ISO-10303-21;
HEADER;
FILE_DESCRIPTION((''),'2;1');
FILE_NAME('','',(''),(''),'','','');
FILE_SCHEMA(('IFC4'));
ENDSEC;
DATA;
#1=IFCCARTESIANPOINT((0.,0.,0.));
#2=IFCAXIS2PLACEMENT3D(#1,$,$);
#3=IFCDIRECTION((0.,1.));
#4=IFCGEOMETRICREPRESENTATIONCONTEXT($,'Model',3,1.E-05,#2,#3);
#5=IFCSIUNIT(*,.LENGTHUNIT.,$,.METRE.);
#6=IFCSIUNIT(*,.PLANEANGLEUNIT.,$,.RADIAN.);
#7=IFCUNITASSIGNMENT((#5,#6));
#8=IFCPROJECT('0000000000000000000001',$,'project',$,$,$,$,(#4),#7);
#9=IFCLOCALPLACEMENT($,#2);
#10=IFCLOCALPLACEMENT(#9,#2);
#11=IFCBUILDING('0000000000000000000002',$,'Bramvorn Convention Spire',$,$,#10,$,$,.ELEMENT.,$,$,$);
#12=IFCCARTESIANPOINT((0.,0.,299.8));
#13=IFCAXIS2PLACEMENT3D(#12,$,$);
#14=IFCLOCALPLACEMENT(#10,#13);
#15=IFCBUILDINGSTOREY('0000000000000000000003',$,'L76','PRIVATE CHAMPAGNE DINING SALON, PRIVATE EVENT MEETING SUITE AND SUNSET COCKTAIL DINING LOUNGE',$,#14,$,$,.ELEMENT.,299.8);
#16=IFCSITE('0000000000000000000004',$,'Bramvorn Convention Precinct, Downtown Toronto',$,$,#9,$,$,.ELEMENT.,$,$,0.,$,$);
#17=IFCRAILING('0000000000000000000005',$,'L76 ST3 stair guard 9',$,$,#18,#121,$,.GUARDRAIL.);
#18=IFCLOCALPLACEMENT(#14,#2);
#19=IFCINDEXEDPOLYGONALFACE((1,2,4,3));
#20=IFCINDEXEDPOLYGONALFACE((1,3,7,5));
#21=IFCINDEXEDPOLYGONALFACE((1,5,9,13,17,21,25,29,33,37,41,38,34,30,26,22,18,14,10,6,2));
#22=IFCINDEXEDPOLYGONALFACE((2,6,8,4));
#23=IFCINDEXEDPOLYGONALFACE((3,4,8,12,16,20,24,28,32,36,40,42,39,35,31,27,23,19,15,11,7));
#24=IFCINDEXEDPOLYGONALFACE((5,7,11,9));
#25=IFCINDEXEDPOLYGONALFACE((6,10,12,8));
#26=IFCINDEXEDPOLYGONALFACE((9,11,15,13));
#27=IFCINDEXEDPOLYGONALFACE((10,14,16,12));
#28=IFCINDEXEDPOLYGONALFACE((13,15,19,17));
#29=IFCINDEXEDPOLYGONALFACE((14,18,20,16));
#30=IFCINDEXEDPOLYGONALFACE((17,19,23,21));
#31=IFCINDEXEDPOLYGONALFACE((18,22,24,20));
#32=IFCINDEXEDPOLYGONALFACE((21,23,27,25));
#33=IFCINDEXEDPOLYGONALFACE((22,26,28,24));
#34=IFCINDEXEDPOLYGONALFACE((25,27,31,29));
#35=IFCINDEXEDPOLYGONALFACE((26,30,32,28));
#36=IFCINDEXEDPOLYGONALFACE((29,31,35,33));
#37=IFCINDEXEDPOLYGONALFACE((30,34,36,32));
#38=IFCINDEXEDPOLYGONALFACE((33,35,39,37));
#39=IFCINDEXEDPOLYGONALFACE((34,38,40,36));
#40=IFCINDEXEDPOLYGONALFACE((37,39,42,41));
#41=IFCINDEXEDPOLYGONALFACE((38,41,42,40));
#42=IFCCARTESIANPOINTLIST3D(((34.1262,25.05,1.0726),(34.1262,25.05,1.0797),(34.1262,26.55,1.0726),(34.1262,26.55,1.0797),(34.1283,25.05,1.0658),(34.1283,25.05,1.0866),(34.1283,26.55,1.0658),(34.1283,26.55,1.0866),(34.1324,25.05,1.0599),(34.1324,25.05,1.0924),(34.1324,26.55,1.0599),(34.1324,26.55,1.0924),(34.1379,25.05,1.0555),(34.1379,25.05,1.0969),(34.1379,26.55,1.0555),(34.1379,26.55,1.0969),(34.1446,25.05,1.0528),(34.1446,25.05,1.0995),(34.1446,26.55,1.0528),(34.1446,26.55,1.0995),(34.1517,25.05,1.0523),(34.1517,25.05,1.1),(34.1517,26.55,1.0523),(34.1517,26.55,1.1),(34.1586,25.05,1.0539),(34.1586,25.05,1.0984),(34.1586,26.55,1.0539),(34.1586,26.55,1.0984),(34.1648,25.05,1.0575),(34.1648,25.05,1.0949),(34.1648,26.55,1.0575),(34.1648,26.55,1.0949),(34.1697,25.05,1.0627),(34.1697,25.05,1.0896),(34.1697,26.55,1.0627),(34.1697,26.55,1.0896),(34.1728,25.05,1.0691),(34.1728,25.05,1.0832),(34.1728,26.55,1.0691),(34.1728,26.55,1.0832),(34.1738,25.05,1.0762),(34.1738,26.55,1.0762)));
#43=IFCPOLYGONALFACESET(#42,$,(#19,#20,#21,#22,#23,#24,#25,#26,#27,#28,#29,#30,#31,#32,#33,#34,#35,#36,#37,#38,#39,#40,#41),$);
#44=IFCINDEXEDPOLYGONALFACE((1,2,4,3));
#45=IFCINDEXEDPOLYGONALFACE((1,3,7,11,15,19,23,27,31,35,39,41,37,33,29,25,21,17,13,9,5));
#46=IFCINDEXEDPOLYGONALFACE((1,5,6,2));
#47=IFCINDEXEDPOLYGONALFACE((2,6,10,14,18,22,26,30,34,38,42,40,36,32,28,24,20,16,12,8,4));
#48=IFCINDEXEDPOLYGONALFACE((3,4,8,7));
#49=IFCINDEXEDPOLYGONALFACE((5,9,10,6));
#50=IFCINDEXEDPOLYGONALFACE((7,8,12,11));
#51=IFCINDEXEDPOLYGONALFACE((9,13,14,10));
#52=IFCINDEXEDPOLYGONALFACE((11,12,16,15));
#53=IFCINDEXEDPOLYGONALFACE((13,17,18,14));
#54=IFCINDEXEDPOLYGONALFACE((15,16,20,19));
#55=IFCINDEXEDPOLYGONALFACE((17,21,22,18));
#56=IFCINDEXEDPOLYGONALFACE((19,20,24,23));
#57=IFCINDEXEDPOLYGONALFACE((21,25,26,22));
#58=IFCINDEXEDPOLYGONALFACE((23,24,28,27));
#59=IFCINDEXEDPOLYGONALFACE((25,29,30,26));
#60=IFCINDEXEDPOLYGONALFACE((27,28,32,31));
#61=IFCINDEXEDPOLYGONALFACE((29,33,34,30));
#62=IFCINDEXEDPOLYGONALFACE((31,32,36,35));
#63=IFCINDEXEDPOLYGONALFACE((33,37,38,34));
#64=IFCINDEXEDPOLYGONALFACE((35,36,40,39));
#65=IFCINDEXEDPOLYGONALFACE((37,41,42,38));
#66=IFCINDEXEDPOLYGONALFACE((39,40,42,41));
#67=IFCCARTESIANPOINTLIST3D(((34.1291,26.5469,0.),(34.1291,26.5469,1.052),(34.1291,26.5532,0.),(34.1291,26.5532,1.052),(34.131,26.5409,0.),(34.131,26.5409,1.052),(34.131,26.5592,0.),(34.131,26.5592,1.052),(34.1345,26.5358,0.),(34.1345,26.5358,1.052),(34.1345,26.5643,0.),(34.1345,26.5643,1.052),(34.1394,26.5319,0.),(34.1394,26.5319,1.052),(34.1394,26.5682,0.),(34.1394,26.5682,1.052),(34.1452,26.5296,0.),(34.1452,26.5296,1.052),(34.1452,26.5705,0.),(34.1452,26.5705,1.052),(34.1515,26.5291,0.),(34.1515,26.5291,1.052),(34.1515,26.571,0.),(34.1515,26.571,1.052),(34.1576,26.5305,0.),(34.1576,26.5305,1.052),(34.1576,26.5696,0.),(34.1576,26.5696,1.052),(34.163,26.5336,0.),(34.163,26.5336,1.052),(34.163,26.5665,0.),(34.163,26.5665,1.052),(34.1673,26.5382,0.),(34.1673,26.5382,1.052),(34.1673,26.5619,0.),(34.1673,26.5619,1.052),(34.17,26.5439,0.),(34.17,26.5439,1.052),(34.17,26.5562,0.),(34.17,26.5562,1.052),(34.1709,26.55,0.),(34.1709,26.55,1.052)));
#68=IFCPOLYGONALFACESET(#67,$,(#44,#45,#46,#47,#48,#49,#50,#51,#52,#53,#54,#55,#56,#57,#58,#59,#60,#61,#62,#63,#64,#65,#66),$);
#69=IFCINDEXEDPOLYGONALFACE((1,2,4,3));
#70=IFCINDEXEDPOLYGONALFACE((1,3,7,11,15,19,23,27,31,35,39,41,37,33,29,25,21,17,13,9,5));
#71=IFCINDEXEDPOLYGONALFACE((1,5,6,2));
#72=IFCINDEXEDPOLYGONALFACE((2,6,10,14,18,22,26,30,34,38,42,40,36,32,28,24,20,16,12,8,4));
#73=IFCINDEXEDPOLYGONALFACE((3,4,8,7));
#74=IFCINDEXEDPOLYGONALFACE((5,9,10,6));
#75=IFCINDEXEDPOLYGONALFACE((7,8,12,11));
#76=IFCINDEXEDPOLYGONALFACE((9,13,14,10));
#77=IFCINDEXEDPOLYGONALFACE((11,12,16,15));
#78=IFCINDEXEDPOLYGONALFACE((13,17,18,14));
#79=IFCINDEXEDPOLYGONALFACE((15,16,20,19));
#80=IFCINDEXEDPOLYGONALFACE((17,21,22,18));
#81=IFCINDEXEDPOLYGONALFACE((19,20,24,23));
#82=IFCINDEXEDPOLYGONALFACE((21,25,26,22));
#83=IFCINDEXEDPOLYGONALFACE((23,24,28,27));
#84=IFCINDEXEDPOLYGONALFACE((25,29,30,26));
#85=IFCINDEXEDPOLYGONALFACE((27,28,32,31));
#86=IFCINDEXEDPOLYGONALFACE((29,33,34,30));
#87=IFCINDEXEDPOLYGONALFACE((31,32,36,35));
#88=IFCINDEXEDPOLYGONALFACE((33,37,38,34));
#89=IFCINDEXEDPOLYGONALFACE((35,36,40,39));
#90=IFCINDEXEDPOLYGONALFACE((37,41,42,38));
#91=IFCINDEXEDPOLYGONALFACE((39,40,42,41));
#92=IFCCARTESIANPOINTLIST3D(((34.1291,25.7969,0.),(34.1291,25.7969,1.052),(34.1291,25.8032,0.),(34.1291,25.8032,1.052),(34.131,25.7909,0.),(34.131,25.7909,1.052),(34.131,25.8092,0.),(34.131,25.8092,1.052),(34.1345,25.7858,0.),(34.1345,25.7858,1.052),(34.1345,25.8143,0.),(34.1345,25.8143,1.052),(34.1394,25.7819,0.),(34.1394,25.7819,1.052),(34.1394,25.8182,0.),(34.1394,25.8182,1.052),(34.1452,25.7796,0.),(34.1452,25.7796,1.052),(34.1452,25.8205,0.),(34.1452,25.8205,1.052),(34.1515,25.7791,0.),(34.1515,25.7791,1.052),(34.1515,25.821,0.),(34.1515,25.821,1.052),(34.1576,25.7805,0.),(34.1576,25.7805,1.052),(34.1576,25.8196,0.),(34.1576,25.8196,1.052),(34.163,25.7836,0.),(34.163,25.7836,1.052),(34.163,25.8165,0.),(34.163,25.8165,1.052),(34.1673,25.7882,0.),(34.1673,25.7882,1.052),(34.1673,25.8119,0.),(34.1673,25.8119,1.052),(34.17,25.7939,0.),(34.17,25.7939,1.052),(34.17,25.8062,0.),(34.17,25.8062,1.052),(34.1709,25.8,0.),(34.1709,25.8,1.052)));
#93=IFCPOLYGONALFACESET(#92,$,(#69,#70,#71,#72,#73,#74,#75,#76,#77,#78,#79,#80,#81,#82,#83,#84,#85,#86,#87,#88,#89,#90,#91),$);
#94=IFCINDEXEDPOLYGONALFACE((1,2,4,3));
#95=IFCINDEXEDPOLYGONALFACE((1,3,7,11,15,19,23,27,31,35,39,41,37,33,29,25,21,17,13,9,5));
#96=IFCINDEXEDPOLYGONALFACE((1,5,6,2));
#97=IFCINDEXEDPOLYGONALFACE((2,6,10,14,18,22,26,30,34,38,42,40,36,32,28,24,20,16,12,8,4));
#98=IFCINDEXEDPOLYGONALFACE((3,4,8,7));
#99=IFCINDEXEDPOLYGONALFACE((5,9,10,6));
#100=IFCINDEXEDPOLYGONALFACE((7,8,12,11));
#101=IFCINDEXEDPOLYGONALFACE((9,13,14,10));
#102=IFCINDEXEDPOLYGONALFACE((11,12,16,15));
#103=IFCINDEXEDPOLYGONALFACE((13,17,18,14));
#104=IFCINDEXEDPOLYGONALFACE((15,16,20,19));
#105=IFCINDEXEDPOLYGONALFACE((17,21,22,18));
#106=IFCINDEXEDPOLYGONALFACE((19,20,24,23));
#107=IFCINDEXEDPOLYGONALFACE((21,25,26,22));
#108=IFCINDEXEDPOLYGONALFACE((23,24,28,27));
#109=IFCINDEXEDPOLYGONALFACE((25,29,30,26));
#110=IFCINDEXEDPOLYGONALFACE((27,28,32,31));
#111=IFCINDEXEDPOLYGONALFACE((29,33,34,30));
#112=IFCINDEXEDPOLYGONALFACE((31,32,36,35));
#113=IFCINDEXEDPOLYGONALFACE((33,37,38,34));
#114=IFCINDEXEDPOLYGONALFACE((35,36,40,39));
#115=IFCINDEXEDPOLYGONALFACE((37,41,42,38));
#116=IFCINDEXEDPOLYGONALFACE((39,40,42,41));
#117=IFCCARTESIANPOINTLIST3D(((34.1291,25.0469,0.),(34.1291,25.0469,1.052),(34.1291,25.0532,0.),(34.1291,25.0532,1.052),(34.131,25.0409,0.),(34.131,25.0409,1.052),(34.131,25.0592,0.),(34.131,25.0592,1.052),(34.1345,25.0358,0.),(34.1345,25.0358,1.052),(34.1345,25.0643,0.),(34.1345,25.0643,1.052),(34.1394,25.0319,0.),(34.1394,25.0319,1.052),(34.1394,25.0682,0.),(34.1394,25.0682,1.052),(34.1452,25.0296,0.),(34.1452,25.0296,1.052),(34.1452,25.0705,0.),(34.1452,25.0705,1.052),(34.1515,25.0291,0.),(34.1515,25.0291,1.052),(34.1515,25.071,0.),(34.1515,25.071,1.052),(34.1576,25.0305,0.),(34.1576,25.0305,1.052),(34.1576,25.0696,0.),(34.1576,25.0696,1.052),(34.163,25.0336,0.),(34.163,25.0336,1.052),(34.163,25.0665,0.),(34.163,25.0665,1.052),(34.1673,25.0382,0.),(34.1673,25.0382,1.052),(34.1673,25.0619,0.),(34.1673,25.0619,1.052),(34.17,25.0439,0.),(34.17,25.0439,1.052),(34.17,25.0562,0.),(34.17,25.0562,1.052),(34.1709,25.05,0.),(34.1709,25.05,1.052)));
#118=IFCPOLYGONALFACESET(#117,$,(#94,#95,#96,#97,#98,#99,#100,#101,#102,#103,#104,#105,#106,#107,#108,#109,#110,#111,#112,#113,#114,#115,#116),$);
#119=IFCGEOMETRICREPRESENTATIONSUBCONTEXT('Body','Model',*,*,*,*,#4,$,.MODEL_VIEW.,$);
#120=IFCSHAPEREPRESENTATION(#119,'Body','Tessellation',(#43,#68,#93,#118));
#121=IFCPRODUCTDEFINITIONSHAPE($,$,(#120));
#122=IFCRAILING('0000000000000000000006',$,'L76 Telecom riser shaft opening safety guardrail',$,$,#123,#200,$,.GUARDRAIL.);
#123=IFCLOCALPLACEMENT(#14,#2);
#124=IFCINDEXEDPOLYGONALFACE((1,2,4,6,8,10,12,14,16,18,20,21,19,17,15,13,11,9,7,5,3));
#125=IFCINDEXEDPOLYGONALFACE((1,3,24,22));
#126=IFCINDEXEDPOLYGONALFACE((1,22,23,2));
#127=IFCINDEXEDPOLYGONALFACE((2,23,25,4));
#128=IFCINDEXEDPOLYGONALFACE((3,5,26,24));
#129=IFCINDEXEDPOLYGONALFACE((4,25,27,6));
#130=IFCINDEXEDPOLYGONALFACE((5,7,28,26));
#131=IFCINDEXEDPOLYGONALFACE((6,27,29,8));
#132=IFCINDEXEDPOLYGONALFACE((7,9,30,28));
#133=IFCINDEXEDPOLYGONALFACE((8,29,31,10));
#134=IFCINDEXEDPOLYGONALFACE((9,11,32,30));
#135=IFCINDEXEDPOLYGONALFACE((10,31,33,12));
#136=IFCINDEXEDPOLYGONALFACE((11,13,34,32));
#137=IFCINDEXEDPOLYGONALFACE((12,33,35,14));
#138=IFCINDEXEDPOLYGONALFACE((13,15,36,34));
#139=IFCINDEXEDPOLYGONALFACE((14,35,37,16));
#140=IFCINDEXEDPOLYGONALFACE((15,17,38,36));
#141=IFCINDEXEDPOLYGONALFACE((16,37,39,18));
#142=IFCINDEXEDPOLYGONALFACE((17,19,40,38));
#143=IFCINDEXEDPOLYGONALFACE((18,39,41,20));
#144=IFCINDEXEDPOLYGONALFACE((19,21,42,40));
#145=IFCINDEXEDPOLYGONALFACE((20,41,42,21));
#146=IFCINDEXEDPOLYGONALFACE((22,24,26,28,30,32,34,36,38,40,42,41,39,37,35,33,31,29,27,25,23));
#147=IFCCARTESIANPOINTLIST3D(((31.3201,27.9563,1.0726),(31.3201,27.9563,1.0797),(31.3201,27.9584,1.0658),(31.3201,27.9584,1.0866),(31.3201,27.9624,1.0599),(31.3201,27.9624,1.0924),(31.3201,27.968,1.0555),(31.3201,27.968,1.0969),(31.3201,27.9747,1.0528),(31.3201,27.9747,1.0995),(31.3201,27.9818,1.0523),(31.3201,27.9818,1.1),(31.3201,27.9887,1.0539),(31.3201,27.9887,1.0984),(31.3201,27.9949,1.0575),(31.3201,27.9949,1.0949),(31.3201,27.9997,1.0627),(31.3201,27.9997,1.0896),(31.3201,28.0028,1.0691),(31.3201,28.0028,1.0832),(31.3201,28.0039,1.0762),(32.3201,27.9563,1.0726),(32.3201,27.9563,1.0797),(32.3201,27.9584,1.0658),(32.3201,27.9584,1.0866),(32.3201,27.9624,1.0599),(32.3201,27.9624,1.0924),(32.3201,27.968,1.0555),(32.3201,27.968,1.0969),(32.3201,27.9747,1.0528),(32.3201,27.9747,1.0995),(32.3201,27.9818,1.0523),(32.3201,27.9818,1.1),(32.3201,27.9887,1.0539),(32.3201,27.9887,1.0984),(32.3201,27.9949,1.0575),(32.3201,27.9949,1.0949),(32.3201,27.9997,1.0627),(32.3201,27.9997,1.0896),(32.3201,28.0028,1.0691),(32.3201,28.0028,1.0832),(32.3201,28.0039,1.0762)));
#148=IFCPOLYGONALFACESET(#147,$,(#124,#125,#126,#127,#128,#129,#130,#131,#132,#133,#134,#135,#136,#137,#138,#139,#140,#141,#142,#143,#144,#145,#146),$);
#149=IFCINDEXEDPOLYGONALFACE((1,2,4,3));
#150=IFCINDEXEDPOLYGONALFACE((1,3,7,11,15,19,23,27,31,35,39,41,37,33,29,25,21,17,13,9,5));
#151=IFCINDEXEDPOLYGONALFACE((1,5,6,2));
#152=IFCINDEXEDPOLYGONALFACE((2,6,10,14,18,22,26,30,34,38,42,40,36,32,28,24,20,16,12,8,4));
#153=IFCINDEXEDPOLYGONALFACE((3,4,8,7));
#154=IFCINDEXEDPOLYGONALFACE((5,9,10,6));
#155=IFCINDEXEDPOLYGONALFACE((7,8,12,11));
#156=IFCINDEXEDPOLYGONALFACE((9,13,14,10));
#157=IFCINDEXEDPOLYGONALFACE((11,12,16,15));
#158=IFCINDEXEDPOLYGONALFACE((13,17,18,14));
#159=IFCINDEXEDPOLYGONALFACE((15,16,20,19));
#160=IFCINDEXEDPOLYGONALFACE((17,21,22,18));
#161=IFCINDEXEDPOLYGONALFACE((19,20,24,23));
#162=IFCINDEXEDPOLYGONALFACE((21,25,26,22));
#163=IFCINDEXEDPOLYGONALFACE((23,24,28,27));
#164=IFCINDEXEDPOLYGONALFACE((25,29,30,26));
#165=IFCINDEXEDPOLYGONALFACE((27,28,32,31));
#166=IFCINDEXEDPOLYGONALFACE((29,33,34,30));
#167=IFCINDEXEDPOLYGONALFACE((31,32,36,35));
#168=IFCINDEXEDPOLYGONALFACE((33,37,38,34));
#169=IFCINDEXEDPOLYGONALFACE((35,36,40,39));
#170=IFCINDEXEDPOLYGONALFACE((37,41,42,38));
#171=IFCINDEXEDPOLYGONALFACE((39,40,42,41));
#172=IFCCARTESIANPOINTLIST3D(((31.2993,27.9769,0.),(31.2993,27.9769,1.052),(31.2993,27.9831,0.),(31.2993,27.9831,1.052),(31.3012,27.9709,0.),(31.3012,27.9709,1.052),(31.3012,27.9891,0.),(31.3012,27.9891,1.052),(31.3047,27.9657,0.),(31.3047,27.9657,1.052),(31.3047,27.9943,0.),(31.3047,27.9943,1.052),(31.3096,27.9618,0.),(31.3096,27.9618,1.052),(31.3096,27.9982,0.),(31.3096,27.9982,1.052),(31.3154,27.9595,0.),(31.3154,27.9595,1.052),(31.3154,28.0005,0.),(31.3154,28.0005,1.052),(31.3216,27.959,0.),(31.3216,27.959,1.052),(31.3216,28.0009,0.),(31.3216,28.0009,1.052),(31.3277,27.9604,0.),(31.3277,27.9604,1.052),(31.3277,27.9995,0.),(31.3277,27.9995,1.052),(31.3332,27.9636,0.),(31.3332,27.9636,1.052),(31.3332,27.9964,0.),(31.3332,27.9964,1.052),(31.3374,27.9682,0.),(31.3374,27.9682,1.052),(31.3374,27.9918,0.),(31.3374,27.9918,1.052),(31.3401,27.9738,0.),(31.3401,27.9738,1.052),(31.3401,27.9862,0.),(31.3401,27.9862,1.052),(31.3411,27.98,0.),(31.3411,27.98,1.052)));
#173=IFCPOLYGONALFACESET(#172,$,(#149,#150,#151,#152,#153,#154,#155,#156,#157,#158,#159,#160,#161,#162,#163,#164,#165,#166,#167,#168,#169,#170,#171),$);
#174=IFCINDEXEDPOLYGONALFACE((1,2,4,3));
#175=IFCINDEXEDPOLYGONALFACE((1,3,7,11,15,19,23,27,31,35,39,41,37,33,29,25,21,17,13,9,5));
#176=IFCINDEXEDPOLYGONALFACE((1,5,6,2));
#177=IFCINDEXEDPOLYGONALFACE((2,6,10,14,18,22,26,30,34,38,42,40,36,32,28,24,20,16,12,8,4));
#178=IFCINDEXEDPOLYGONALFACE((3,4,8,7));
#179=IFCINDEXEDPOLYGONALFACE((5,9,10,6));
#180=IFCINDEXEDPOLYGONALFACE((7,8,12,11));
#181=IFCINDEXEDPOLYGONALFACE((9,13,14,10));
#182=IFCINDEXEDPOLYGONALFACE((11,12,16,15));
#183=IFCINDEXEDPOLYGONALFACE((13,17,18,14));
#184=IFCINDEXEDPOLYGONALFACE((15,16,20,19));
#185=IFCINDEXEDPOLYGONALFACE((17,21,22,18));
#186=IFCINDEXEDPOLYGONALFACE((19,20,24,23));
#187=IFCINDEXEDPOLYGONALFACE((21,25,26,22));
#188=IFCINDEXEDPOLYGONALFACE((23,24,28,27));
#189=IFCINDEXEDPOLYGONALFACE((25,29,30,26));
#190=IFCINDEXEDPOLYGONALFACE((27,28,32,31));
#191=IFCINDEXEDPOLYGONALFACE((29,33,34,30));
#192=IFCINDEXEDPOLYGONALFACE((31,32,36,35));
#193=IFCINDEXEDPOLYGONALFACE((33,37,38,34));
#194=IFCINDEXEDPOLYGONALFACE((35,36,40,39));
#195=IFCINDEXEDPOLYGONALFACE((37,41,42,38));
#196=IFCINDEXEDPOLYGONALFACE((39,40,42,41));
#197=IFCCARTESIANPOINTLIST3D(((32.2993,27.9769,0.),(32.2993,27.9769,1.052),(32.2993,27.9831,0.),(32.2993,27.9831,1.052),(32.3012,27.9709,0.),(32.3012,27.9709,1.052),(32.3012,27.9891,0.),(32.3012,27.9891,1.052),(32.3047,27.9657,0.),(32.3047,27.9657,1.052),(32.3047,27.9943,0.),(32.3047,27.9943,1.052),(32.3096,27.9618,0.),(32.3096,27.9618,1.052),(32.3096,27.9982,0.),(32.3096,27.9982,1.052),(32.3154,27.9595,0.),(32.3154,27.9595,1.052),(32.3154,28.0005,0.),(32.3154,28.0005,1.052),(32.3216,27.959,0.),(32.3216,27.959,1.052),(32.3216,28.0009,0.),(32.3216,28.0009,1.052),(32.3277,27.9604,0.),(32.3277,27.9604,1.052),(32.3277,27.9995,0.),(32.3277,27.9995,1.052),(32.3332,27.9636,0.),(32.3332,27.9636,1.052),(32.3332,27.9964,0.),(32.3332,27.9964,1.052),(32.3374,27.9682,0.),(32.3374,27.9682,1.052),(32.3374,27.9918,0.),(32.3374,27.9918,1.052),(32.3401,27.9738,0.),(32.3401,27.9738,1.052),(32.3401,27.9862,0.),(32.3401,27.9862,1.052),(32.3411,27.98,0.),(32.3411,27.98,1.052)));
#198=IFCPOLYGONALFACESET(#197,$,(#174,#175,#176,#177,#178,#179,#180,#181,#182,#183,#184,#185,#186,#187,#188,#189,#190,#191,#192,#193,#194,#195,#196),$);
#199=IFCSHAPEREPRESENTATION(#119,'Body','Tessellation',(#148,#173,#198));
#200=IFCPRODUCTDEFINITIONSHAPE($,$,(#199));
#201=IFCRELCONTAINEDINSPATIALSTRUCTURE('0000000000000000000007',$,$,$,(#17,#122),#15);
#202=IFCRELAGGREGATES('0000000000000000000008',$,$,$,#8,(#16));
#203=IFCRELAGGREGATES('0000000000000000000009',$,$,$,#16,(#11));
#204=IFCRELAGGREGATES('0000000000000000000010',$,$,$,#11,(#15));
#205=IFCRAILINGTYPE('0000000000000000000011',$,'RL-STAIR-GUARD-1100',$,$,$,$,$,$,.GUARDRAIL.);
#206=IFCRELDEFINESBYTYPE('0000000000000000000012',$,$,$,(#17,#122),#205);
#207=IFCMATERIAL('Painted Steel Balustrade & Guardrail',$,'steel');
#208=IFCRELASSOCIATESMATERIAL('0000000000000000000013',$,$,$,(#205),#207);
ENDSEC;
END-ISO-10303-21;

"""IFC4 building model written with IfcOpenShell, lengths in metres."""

from ifc_helpers import new_model, si_unit, direction, frame, origin, origin_2d, place, context, subcontext, project, spatial, circle, extrude, material, type_object, element, save


model = new_model("IFC4")

# Units and contexts
model_context = context("Model", 3, precision=1e-05, world=origin(), true_north=direction((0.0, 1.0)))
body_context = subcontext(model_context, "Body", "Model", "MODEL_VIEW")
ifc_project = project(units=[si_unit("LENGTHUNIT", "METRE"), si_unit("PLANEANGLEUNIT", "RADIAN")], contexts=[model_context])

# Site, building, storey
site_placement = place(None, origin())
site = spatial("IfcSite", under=ifc_project, at=site_placement, Name="Bramvorn Convention Precinct, Downtown Toronto", CompositionType="ELEMENT", RefElevation=0.0)
building_placement = place(site_placement, origin())
building = spatial("IfcBuilding", under=site, at=building_placement, Name="Bramvorn Convention Spire", CompositionType="ELEMENT")
storey_placement = place(building_placement, frame((0.0, 0.0, 299.8)))
storey = spatial("IfcBuildingStorey", under=building, at=storey_placement, Name="L76", Description="PRIVATE CHAMPAGNE DINING SALON, PRIVATE EVENT MEETING SUITE AND SUNSET COCKTAIL DINING LOUNGE", CompositionType="ELEMENT", Elevation=299.8)

# Railings
ifc_material_1 = material(Name="Painted Steel Balustrade & Guardrail", Category="steel")
railing_type = type_object("IfcRailingType", Name="RL-STAIR-GUARD-1100", PredefinedType="GUARDRAIL", material=ifc_material_1)
for number, where, name in (
    (1, (34.1499, 26.55, 0.0), "L76 ST3 stair guard 9"),
):
    element("IfcRailing", number, at=place(storey_placement, frame(where)), inside=storey, type_object=railing_type, Name=name, PredefinedType="GUARDRAIL", context=body_context, shape_type="SweptSolid", body=[
        extrude(circle(Radius=0.0239, at=origin_2d()), frame((0.0, 0.0, 1.0762), z_axis=(0.0, -1.0, 0.0), x_axis=(1.0, 0.0, 0.0)), (0.0, 0.0, 1.0), 1.5),
        extrude(circle(Radius=0.021, at=origin_2d()), origin(), (0.0, 0.0, 1.0), 1.052),
        extrude(circle(Radius=0.021, at=origin_2d()), frame((0.0, -0.75, 0.0)), (0.0, 0.0, 1.0), 1.052),
        extrude(circle(Radius=0.021, at=origin_2d()), frame((0.0, -1.5, 0.0)), (0.0, 0.0, 1.0), 1.052),
    ])
railing_1_placement = place(storey_placement, frame((31.3201, 27.98, 0.0)))
element("IfcRailing", 2, at=railing_1_placement, inside=storey, type_object=railing_type, Name="L76 Telecom riser shaft opening safety guardrail", PredefinedType="GUARDRAIL", context=body_context, shape_type="SweptSolid", body=[
    extrude(circle(Radius=0.0239, at=origin_2d()), frame((0.0, 0.0, 1.0762), z_axis=(1.0, 0.0, 0.0), x_axis=(0.0, 1.0, 0.0)), (0.0, 0.0, 1.0), 1.0),
    extrude(circle(Radius=0.021, at=origin_2d()), origin(), (0.0, 0.0, 1.0), 1.052),
    extrude(circle(Radius=0.021, at=origin_2d()), frame((1.0, 0.0, 0.0)), (0.0, 0.0, 1.0), 1.052),
])

save(model, "model.ifc")
